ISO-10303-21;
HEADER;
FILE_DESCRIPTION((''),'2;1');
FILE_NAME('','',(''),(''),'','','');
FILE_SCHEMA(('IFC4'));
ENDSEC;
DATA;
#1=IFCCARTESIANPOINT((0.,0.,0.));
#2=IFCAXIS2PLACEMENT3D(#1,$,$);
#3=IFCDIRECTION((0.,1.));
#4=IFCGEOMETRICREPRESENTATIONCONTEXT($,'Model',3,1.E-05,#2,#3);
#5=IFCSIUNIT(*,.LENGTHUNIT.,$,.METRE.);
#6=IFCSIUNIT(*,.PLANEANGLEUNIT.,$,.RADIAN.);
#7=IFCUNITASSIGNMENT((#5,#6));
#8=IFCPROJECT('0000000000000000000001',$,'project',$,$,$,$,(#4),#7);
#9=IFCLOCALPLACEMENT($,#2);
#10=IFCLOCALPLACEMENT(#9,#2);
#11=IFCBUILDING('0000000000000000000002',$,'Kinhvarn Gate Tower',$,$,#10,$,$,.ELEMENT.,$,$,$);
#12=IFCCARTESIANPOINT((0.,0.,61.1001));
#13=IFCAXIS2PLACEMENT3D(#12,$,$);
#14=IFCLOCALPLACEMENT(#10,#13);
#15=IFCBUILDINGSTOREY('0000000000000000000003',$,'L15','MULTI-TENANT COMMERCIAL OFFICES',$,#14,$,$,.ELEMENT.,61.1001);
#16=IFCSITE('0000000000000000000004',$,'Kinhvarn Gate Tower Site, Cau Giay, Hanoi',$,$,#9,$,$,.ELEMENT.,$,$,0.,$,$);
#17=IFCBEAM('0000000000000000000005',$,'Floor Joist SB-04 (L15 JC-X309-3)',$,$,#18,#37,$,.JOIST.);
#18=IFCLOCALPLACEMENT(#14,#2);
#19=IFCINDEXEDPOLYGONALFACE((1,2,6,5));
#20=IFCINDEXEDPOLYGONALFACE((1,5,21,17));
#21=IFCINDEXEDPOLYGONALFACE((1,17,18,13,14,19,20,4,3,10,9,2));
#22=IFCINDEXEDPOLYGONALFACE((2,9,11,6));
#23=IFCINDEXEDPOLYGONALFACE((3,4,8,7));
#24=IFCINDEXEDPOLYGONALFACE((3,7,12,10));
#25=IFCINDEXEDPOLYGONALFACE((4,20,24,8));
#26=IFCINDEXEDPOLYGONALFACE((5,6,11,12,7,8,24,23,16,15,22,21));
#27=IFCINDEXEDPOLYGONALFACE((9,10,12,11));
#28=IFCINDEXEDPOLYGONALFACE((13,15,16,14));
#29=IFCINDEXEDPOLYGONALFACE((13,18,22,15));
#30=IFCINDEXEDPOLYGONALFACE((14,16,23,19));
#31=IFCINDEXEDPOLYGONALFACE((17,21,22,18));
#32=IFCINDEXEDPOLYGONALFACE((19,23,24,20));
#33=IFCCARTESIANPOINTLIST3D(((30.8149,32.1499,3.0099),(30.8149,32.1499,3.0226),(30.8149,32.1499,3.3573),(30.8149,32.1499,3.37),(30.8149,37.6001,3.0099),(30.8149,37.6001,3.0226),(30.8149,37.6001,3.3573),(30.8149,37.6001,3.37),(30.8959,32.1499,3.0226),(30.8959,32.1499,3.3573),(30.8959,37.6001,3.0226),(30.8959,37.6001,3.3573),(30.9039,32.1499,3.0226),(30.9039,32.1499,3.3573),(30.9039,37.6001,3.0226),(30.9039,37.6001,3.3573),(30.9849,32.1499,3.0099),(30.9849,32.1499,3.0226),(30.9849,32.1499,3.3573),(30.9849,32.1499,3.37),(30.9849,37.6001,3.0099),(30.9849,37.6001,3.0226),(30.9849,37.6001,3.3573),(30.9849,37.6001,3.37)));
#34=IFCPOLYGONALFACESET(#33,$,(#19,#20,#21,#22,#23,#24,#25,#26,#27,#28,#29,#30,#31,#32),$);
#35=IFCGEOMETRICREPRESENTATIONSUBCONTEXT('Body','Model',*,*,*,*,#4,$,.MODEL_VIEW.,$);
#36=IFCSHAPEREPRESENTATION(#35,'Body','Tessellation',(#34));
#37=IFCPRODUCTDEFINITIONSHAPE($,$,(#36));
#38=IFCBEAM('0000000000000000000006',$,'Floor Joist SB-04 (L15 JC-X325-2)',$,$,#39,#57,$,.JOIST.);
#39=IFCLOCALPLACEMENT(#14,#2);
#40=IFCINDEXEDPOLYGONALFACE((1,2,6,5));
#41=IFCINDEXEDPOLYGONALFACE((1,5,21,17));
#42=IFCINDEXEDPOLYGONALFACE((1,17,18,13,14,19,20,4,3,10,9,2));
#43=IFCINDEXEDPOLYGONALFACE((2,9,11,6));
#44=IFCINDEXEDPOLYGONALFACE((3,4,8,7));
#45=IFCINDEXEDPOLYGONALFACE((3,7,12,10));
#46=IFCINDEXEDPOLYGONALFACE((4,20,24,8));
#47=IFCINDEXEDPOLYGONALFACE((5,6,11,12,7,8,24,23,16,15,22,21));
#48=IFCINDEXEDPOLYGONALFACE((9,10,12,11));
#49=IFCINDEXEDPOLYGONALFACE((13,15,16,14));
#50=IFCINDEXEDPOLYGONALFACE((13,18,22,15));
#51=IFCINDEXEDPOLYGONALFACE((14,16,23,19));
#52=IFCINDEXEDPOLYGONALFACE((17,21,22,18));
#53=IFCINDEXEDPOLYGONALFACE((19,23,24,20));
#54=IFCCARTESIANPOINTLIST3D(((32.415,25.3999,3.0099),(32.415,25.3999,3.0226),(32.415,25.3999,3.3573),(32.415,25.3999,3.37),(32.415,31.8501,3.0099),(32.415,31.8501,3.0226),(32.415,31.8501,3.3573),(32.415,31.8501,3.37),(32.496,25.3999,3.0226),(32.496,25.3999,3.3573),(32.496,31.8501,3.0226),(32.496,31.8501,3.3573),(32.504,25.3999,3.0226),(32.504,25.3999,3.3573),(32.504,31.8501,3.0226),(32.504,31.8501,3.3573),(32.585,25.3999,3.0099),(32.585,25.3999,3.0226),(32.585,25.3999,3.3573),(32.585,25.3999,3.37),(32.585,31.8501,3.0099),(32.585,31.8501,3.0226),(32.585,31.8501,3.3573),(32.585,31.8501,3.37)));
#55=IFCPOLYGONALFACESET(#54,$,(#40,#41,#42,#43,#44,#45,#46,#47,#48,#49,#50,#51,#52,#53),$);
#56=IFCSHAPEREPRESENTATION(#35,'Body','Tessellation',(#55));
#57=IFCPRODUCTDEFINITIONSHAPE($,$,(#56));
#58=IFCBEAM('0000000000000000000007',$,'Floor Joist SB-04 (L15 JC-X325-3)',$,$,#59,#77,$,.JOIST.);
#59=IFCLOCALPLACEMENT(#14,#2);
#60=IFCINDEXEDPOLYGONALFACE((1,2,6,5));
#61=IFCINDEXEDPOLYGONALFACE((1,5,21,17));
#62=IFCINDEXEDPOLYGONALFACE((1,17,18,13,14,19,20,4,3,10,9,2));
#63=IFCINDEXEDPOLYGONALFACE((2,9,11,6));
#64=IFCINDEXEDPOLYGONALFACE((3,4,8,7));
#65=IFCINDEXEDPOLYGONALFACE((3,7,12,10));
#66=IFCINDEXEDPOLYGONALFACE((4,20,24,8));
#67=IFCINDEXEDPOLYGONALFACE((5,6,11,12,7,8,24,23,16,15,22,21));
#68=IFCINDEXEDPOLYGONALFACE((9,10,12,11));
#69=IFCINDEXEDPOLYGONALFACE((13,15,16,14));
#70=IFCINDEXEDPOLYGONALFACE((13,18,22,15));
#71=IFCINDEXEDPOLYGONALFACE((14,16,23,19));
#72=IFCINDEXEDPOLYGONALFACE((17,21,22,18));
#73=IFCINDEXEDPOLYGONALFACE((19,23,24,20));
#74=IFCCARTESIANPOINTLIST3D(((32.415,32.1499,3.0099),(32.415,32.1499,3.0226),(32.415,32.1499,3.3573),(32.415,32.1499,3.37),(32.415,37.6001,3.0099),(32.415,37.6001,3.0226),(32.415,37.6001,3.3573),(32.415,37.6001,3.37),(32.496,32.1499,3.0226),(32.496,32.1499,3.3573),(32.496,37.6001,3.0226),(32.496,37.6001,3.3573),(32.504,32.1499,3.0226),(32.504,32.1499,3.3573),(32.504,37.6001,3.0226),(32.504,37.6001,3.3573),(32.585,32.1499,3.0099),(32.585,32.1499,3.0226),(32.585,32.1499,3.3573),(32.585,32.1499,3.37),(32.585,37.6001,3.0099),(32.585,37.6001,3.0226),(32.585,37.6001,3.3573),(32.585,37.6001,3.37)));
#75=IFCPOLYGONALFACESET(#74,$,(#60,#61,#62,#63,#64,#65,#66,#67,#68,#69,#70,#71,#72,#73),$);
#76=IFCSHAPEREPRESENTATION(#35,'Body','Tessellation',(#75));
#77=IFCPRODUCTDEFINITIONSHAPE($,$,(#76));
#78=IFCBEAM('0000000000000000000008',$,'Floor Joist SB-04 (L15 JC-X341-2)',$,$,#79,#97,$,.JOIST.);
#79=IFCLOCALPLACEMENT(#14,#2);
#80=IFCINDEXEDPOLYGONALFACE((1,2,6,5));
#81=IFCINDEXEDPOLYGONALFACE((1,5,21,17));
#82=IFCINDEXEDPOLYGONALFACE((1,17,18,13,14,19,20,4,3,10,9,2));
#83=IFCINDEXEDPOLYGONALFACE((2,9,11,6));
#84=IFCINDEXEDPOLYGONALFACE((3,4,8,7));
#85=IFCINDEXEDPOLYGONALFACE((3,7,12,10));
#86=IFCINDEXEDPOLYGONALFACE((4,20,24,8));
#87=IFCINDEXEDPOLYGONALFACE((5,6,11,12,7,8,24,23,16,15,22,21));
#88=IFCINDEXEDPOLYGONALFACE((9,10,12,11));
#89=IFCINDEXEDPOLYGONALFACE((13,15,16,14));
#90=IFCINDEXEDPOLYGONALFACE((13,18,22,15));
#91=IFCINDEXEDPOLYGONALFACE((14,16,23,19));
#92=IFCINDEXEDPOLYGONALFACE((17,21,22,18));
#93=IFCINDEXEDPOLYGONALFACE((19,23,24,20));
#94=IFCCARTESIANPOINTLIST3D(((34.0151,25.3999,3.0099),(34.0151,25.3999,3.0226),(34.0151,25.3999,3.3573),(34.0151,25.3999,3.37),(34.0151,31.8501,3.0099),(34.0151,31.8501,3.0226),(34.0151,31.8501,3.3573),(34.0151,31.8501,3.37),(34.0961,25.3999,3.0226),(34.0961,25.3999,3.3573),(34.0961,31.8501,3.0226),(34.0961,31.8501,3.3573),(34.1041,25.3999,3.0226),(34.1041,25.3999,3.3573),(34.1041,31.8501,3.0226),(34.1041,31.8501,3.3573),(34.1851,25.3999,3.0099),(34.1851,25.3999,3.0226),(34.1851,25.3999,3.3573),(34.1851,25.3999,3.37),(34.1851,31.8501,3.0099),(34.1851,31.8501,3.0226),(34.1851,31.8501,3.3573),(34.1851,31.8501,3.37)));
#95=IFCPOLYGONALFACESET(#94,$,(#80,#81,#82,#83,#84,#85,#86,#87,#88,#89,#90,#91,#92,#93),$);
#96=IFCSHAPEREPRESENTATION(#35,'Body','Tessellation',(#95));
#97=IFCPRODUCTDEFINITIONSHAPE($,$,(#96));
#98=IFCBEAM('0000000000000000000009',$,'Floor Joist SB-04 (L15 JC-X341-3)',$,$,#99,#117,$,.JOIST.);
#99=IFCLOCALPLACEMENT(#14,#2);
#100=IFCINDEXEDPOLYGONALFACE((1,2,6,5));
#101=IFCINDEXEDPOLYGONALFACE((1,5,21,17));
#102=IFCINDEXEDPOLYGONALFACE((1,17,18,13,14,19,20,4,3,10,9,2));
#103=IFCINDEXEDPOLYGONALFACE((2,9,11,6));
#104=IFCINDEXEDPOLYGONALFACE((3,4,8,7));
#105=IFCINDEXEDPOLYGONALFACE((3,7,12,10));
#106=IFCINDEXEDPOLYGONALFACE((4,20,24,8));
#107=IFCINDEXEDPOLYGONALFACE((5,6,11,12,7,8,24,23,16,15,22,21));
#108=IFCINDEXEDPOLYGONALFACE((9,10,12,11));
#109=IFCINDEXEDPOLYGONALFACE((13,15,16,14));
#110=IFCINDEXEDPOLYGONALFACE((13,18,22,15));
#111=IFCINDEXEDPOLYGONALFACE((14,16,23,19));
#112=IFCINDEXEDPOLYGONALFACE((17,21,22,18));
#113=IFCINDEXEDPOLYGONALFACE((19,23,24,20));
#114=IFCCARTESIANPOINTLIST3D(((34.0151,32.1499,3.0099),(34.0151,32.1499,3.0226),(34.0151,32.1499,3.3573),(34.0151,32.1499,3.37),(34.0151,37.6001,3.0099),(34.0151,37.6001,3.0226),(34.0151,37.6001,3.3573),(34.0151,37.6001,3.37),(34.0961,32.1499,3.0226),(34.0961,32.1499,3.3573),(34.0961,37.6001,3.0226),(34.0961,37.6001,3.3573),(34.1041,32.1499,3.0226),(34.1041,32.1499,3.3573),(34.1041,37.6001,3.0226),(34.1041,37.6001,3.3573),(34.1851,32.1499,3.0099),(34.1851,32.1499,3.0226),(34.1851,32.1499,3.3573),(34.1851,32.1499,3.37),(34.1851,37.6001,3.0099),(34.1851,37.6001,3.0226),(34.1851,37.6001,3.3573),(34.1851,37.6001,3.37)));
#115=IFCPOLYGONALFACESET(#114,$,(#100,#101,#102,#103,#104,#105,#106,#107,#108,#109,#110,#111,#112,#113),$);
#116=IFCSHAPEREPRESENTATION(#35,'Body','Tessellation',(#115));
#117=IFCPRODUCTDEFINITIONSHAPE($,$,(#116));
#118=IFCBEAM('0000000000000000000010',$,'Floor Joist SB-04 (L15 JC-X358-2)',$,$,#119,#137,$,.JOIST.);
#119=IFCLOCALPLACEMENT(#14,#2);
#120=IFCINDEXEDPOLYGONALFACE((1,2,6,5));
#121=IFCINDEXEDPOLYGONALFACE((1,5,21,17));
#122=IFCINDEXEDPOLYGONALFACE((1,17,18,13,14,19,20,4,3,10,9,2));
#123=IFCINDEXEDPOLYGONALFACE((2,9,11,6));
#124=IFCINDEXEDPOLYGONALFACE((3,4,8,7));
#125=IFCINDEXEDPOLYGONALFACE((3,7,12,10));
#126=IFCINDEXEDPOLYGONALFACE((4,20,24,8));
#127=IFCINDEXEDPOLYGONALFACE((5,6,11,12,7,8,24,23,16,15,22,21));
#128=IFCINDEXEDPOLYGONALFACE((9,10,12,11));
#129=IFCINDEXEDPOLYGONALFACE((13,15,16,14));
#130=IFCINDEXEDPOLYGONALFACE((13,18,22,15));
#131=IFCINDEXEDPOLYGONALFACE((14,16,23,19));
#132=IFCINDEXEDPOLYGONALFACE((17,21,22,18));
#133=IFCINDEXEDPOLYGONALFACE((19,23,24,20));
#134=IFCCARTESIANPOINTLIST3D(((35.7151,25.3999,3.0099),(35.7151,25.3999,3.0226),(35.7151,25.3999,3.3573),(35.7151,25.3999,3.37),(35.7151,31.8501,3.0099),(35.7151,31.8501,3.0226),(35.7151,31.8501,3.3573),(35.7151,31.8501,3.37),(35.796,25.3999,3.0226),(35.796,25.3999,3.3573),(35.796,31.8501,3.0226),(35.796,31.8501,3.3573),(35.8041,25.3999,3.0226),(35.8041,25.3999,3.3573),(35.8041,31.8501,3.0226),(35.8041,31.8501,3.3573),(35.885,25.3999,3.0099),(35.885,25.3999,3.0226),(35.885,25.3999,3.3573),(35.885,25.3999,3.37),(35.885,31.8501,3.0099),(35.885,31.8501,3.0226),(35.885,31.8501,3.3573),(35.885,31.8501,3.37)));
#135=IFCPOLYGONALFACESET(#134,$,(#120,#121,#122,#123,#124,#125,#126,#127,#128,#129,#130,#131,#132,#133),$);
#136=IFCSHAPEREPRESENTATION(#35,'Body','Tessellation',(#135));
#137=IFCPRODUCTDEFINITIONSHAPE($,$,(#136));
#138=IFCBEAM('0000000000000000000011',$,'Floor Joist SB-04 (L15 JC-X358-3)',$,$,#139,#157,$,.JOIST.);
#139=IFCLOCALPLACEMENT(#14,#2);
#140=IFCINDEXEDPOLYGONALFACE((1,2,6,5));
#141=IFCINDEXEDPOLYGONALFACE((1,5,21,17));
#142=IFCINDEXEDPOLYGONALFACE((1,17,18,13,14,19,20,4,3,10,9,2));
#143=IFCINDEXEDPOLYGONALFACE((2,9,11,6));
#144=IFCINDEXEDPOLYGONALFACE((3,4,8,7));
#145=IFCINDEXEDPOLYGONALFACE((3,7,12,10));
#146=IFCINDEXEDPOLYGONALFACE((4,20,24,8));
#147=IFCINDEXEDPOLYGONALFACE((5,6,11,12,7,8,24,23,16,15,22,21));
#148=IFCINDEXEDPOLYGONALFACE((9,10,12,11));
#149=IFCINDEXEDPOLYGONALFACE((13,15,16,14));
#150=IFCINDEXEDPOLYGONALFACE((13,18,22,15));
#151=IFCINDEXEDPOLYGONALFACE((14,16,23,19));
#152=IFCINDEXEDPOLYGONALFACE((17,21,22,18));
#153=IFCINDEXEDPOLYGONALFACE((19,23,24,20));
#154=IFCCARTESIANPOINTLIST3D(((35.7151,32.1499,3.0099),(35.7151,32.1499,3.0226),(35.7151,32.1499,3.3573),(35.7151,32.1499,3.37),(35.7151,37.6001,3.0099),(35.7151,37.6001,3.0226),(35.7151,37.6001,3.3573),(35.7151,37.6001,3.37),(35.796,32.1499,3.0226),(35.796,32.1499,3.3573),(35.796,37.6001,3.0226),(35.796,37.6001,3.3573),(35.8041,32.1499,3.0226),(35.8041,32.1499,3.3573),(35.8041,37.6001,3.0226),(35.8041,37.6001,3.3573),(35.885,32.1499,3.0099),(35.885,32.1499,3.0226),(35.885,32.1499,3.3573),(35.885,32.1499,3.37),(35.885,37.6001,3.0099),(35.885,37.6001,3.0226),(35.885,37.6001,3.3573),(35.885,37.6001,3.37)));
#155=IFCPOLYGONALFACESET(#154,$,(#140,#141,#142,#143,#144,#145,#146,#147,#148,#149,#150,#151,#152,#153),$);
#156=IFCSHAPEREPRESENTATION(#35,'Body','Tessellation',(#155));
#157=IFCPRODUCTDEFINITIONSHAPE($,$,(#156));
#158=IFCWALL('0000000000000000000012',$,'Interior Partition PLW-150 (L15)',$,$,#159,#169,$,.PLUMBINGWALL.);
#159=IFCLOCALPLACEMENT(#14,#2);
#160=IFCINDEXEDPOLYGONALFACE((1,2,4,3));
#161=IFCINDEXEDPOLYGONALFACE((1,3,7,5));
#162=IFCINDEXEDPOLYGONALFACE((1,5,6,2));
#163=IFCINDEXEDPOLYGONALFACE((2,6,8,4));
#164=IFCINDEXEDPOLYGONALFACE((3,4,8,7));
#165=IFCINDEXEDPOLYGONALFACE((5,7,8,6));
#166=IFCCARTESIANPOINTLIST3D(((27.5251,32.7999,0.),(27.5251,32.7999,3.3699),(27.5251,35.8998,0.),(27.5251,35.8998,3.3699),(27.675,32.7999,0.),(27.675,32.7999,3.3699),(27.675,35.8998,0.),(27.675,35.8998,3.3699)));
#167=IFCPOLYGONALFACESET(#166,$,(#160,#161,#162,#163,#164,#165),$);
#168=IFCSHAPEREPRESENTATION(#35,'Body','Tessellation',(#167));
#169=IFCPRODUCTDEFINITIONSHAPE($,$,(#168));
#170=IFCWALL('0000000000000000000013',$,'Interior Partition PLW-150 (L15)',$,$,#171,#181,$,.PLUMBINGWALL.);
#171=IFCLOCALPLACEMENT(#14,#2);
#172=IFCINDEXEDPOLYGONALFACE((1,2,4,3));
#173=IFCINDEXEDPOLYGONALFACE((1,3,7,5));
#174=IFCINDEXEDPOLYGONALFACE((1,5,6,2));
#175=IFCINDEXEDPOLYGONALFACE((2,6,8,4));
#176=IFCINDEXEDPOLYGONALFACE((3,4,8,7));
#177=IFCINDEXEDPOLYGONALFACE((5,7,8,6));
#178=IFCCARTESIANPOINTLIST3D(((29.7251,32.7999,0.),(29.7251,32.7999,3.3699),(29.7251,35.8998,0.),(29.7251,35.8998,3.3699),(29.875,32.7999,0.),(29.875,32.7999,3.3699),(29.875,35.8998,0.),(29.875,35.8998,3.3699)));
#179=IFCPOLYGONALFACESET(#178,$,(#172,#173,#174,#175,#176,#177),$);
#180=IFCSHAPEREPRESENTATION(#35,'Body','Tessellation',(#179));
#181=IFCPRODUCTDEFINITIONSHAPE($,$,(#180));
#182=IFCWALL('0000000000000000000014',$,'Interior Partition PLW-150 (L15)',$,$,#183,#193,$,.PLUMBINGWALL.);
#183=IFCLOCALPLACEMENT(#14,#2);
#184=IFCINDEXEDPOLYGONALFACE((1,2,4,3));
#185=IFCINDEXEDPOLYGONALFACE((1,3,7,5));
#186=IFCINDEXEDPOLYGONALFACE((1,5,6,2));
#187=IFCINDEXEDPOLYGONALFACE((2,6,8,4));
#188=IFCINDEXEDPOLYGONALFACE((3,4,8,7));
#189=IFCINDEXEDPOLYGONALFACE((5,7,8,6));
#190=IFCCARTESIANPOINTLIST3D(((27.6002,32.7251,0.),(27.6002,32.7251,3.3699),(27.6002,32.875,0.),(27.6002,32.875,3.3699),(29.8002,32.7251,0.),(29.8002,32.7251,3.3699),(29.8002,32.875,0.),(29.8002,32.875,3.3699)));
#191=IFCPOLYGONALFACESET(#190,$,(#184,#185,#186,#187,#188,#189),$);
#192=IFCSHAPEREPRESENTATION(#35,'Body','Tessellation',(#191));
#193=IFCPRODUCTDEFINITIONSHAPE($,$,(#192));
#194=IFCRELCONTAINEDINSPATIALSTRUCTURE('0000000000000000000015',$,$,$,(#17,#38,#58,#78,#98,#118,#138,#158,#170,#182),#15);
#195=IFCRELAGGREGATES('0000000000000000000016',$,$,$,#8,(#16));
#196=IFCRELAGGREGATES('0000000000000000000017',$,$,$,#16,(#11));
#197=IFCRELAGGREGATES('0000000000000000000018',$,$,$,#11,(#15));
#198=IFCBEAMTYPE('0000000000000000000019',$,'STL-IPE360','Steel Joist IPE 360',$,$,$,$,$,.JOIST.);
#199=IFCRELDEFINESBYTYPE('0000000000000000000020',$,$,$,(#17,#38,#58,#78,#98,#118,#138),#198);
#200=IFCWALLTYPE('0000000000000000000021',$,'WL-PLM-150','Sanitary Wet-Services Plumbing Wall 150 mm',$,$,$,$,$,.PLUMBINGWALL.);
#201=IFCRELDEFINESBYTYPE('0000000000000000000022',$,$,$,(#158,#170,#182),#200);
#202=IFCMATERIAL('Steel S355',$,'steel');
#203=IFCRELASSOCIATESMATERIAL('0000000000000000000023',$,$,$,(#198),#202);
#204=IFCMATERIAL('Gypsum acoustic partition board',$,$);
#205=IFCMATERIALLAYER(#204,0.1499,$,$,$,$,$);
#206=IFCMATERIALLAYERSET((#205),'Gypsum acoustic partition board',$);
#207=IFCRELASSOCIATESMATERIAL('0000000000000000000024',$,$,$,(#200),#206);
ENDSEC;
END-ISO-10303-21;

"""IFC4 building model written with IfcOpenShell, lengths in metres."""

from ifc_helpers import new_model, si_unit, direction, frame, frame_2d, origin, origin_2d, place, context, subcontext, project, spatial, rectangle, i_section, extrude, material, layer, layer_set, material_profile, profile_set, type_object, element, save


model = new_model("IFC4")

# Units and contexts
model_context = context("Model", 3, precision=1e-05, world=origin(), true_north=direction((0.0, 1.0)))
body_context = subcontext(model_context, "Body", "Model", "MODEL_VIEW")
ifc_project = project(units=[si_unit("LENGTHUNIT", "METRE"), si_unit("PLANEANGLEUNIT", "RADIAN")], contexts=[model_context])

# Site, building, storey
site_placement = place(None, origin())
site = spatial("IfcSite", under=ifc_project, at=site_placement, Name="Kinhvarn Gate Tower Site, Cau Giay, Hanoi", CompositionType="ELEMENT", RefElevation=0.0)
building_placement = place(site_placement, origin())
building = spatial("IfcBuilding", under=site, at=building_placement, Name="Kinhvarn Gate Tower", CompositionType="ELEMENT")
storey_placement = place(building_placement, frame((0.0, 0.0, 61.1001)))
storey = spatial("IfcBuildingStorey", under=building, at=storey_placement, Name="L15", Description="MULTI-TENANT COMMERCIAL OFFICES", CompositionType="ELEMENT", Elevation=61.1001)

# Beams
ifc_material_1 = material(Name="Steel S355", Category="steel")
ifc_material_profile_1 = material_profile(ifc_material_1, i_section(OverallWidth=0.1699, OverallDepth=0.3601, WebThickness=0.0081, FlangeThickness=0.0127, at=origin_2d()), Name="IPE 360")
ifc_profile_set_1 = profile_set([ifc_material_profile_1], Name="Steel S355")
beam_type_1 = type_object("IfcBeamType", Name="STL-IPE360", Description="Steel Joist IPE 360", PredefinedType="JOIST", material=ifc_profile_set_1)
beam_1_placement = place(storey_placement, frame((30.8999, 32.1499, 3.1899), z_axis=(0.0, 1.0, 0.0), x_axis=(-1.0, 0.0, 0.0)))
element("IfcBeam", 1, at=beam_1_placement, inside=storey, type_object=beam_type_1, Name="Floor Joist SB-04 (L15 JC-X309-3)", PredefinedType="JOIST", context=body_context, shape_type="SweptSolid", body=[
    extrude(i_section(OverallWidth=0.1699, OverallDepth=0.3601, WebThickness=0.0081, FlangeThickness=0.0127, at=origin_2d()), origin(), (0.0, 0.0, 1.0), 5.4502),
])
beam_2_placement = place(storey_placement, frame((32.5, 25.3999, 3.1899), z_axis=(0.0, 1.0, 0.0), x_axis=(-1.0, 0.0, 0.0)))
element("IfcBeam", 2, at=beam_2_placement, inside=storey, type_object=beam_type_1, Name="Floor Joist SB-04 (L15 JC-X325-2)", PredefinedType="JOIST", context=body_context, shape_type="SweptSolid", body=[
    extrude(i_section(OverallWidth=0.1699, OverallDepth=0.3601, WebThickness=0.0081, FlangeThickness=0.0127, at=origin_2d()), origin(), (0.0, 0.0, 1.0), 6.4502),
])
beam_3_placement = place(storey_placement, frame((32.5, 32.1499, 3.1899), z_axis=(0.0, 1.0, 0.0), x_axis=(-1.0, 0.0, 0.0)))
element("IfcBeam", 3, at=beam_3_placement, inside=storey, type_object=beam_type_1, Name="Floor Joist SB-04 (L15 JC-X325-3)", PredefinedType="JOIST", context=body_context, shape_type="SweptSolid", body=[
    extrude(i_section(OverallWidth=0.1699, OverallDepth=0.3601, WebThickness=0.0081, FlangeThickness=0.0127, at=origin_2d()), origin(), (0.0, 0.0, 1.0), 5.4502),
])
beam_4_placement = place(storey_placement, frame((34.1001, 25.3999, 3.1899), z_axis=(0.0, 1.0, 0.0), x_axis=(-1.0, 0.0, 0.0)))
element("IfcBeam", 4, at=beam_4_placement, inside=storey, type_object=beam_type_1, Name="Floor Joist SB-04 (L15 JC-X341-2)", PredefinedType="JOIST", context=body_context, shape_type="SweptSolid", body=[
    extrude(i_section(OverallWidth=0.1699, OverallDepth=0.3601, WebThickness=0.0081, FlangeThickness=0.0127, at=origin_2d()), origin(), (0.0, 0.0, 1.0), 6.4502),
])
beam_5_placement = place(storey_placement, frame((34.1001, 32.1499, 3.1899), z_axis=(0.0, 1.0, 0.0), x_axis=(-1.0, 0.0, 0.0)))
element("IfcBeam", 5, at=beam_5_placement, inside=storey, type_object=beam_type_1, Name="Floor Joist SB-04 (L15 JC-X341-3)", PredefinedType="JOIST", context=body_context, shape_type="SweptSolid", body=[
    extrude(i_section(OverallWidth=0.1699, OverallDepth=0.3601, WebThickness=0.0081, FlangeThickness=0.0127, at=origin_2d()), origin(), (0.0, 0.0, 1.0), 5.4502),
])
beam_6_placement = place(storey_placement, frame((35.8, 25.3999, 3.1899), z_axis=(0.0, 1.0, 0.0), x_axis=(-1.0, 0.0, 0.0)))
element("IfcBeam", 6, at=beam_6_placement, inside=storey, type_object=beam_type_1, Name="Floor Joist SB-04 (L15 JC-X358-2)", PredefinedType="JOIST", context=body_context, shape_type="SweptSolid", body=[
    extrude(i_section(OverallWidth=0.1699, OverallDepth=0.3601, WebThickness=0.0081, FlangeThickness=0.0127, at=origin_2d()), origin(), (0.0, 0.0, 1.0), 6.4502),
])
beam_7_placement = place(storey_placement, frame((35.8, 32.1499, 3.1899), z_axis=(0.0, 1.0, 0.0), x_axis=(-1.0, 0.0, 0.0)))
element("IfcBeam", 7, at=beam_7_placement, inside=storey, type_object=beam_type_1, Name="Floor Joist SB-04 (L15 JC-X358-3)", PredefinedType="JOIST", context=body_context, shape_type="SweptSolid", body=[
    extrude(i_section(OverallWidth=0.1699, OverallDepth=0.3601, WebThickness=0.0081, FlangeThickness=0.0127, at=origin_2d()), origin(), (0.0, 0.0, 1.0), 5.4502),
])

# Walls
ifc_material_2 = material(Name="Gypsum acoustic partition board")
ifc_layer_1 = layer(ifc_material_2, 0.1499)
ifc_layer_set_1 = layer_set([ifc_layer_1], Name="Gypsum acoustic partition board")
wall_type_1 = type_object("IfcWallType", Name="WL-PLM-150", Description="Sanitary Wet-Services Plumbing Wall 150 mm", PredefinedType="PLUMBINGWALL", material=ifc_layer_set_1)
for number, where, z_axis, x_axis, name in (
    (8, (27.6001, 32.8, 0.0), (0.0, 0.0, 1.0), (0.0, 1.0, 0.0), "Interior Partition PLW-150 (L15)"),
    (9, (29.8, 32.8, 0.0), (0.0, 0.0, 1.0), (0.0, 1.0, 0.0), "Interior Partition PLW-150 (L15)"),
):
    element("IfcWall", number, at=place(storey_placement, frame(where, z_axis=z_axis, x_axis=x_axis)), inside=storey, type_object=wall_type_1, Name=name, PredefinedType="PLUMBINGWALL", context=body_context, shape_type="SweptSolid", body=[
        extrude(rectangle(XDim=3.0999, YDim=0.1499, at=frame_2d((1.5498, 0.0))), origin(), (0.0, 0.0, 1.0), 3.3699),
    ])
wall_1_placement = place(storey_placement, frame((27.6001, 32.8, 0.0), z_axis=(0.0, 0.0, 1.0), x_axis=(1.0, 0.0, 0.0)))
element("IfcWall", 10, at=wall_1_placement, inside=storey, type_object=wall_type_1, Name="Interior Partition PLW-150 (L15)", PredefinedType="PLUMBINGWALL", context=body_context, shape_type="SweptSolid", body=[
    extrude(rectangle(XDim=2.2, YDim=0.1499, at=frame_2d((1.1001, 0.0))), origin(), (0.0, 0.0, 1.0), 3.3699),
])

save(model, "model.ifc")
